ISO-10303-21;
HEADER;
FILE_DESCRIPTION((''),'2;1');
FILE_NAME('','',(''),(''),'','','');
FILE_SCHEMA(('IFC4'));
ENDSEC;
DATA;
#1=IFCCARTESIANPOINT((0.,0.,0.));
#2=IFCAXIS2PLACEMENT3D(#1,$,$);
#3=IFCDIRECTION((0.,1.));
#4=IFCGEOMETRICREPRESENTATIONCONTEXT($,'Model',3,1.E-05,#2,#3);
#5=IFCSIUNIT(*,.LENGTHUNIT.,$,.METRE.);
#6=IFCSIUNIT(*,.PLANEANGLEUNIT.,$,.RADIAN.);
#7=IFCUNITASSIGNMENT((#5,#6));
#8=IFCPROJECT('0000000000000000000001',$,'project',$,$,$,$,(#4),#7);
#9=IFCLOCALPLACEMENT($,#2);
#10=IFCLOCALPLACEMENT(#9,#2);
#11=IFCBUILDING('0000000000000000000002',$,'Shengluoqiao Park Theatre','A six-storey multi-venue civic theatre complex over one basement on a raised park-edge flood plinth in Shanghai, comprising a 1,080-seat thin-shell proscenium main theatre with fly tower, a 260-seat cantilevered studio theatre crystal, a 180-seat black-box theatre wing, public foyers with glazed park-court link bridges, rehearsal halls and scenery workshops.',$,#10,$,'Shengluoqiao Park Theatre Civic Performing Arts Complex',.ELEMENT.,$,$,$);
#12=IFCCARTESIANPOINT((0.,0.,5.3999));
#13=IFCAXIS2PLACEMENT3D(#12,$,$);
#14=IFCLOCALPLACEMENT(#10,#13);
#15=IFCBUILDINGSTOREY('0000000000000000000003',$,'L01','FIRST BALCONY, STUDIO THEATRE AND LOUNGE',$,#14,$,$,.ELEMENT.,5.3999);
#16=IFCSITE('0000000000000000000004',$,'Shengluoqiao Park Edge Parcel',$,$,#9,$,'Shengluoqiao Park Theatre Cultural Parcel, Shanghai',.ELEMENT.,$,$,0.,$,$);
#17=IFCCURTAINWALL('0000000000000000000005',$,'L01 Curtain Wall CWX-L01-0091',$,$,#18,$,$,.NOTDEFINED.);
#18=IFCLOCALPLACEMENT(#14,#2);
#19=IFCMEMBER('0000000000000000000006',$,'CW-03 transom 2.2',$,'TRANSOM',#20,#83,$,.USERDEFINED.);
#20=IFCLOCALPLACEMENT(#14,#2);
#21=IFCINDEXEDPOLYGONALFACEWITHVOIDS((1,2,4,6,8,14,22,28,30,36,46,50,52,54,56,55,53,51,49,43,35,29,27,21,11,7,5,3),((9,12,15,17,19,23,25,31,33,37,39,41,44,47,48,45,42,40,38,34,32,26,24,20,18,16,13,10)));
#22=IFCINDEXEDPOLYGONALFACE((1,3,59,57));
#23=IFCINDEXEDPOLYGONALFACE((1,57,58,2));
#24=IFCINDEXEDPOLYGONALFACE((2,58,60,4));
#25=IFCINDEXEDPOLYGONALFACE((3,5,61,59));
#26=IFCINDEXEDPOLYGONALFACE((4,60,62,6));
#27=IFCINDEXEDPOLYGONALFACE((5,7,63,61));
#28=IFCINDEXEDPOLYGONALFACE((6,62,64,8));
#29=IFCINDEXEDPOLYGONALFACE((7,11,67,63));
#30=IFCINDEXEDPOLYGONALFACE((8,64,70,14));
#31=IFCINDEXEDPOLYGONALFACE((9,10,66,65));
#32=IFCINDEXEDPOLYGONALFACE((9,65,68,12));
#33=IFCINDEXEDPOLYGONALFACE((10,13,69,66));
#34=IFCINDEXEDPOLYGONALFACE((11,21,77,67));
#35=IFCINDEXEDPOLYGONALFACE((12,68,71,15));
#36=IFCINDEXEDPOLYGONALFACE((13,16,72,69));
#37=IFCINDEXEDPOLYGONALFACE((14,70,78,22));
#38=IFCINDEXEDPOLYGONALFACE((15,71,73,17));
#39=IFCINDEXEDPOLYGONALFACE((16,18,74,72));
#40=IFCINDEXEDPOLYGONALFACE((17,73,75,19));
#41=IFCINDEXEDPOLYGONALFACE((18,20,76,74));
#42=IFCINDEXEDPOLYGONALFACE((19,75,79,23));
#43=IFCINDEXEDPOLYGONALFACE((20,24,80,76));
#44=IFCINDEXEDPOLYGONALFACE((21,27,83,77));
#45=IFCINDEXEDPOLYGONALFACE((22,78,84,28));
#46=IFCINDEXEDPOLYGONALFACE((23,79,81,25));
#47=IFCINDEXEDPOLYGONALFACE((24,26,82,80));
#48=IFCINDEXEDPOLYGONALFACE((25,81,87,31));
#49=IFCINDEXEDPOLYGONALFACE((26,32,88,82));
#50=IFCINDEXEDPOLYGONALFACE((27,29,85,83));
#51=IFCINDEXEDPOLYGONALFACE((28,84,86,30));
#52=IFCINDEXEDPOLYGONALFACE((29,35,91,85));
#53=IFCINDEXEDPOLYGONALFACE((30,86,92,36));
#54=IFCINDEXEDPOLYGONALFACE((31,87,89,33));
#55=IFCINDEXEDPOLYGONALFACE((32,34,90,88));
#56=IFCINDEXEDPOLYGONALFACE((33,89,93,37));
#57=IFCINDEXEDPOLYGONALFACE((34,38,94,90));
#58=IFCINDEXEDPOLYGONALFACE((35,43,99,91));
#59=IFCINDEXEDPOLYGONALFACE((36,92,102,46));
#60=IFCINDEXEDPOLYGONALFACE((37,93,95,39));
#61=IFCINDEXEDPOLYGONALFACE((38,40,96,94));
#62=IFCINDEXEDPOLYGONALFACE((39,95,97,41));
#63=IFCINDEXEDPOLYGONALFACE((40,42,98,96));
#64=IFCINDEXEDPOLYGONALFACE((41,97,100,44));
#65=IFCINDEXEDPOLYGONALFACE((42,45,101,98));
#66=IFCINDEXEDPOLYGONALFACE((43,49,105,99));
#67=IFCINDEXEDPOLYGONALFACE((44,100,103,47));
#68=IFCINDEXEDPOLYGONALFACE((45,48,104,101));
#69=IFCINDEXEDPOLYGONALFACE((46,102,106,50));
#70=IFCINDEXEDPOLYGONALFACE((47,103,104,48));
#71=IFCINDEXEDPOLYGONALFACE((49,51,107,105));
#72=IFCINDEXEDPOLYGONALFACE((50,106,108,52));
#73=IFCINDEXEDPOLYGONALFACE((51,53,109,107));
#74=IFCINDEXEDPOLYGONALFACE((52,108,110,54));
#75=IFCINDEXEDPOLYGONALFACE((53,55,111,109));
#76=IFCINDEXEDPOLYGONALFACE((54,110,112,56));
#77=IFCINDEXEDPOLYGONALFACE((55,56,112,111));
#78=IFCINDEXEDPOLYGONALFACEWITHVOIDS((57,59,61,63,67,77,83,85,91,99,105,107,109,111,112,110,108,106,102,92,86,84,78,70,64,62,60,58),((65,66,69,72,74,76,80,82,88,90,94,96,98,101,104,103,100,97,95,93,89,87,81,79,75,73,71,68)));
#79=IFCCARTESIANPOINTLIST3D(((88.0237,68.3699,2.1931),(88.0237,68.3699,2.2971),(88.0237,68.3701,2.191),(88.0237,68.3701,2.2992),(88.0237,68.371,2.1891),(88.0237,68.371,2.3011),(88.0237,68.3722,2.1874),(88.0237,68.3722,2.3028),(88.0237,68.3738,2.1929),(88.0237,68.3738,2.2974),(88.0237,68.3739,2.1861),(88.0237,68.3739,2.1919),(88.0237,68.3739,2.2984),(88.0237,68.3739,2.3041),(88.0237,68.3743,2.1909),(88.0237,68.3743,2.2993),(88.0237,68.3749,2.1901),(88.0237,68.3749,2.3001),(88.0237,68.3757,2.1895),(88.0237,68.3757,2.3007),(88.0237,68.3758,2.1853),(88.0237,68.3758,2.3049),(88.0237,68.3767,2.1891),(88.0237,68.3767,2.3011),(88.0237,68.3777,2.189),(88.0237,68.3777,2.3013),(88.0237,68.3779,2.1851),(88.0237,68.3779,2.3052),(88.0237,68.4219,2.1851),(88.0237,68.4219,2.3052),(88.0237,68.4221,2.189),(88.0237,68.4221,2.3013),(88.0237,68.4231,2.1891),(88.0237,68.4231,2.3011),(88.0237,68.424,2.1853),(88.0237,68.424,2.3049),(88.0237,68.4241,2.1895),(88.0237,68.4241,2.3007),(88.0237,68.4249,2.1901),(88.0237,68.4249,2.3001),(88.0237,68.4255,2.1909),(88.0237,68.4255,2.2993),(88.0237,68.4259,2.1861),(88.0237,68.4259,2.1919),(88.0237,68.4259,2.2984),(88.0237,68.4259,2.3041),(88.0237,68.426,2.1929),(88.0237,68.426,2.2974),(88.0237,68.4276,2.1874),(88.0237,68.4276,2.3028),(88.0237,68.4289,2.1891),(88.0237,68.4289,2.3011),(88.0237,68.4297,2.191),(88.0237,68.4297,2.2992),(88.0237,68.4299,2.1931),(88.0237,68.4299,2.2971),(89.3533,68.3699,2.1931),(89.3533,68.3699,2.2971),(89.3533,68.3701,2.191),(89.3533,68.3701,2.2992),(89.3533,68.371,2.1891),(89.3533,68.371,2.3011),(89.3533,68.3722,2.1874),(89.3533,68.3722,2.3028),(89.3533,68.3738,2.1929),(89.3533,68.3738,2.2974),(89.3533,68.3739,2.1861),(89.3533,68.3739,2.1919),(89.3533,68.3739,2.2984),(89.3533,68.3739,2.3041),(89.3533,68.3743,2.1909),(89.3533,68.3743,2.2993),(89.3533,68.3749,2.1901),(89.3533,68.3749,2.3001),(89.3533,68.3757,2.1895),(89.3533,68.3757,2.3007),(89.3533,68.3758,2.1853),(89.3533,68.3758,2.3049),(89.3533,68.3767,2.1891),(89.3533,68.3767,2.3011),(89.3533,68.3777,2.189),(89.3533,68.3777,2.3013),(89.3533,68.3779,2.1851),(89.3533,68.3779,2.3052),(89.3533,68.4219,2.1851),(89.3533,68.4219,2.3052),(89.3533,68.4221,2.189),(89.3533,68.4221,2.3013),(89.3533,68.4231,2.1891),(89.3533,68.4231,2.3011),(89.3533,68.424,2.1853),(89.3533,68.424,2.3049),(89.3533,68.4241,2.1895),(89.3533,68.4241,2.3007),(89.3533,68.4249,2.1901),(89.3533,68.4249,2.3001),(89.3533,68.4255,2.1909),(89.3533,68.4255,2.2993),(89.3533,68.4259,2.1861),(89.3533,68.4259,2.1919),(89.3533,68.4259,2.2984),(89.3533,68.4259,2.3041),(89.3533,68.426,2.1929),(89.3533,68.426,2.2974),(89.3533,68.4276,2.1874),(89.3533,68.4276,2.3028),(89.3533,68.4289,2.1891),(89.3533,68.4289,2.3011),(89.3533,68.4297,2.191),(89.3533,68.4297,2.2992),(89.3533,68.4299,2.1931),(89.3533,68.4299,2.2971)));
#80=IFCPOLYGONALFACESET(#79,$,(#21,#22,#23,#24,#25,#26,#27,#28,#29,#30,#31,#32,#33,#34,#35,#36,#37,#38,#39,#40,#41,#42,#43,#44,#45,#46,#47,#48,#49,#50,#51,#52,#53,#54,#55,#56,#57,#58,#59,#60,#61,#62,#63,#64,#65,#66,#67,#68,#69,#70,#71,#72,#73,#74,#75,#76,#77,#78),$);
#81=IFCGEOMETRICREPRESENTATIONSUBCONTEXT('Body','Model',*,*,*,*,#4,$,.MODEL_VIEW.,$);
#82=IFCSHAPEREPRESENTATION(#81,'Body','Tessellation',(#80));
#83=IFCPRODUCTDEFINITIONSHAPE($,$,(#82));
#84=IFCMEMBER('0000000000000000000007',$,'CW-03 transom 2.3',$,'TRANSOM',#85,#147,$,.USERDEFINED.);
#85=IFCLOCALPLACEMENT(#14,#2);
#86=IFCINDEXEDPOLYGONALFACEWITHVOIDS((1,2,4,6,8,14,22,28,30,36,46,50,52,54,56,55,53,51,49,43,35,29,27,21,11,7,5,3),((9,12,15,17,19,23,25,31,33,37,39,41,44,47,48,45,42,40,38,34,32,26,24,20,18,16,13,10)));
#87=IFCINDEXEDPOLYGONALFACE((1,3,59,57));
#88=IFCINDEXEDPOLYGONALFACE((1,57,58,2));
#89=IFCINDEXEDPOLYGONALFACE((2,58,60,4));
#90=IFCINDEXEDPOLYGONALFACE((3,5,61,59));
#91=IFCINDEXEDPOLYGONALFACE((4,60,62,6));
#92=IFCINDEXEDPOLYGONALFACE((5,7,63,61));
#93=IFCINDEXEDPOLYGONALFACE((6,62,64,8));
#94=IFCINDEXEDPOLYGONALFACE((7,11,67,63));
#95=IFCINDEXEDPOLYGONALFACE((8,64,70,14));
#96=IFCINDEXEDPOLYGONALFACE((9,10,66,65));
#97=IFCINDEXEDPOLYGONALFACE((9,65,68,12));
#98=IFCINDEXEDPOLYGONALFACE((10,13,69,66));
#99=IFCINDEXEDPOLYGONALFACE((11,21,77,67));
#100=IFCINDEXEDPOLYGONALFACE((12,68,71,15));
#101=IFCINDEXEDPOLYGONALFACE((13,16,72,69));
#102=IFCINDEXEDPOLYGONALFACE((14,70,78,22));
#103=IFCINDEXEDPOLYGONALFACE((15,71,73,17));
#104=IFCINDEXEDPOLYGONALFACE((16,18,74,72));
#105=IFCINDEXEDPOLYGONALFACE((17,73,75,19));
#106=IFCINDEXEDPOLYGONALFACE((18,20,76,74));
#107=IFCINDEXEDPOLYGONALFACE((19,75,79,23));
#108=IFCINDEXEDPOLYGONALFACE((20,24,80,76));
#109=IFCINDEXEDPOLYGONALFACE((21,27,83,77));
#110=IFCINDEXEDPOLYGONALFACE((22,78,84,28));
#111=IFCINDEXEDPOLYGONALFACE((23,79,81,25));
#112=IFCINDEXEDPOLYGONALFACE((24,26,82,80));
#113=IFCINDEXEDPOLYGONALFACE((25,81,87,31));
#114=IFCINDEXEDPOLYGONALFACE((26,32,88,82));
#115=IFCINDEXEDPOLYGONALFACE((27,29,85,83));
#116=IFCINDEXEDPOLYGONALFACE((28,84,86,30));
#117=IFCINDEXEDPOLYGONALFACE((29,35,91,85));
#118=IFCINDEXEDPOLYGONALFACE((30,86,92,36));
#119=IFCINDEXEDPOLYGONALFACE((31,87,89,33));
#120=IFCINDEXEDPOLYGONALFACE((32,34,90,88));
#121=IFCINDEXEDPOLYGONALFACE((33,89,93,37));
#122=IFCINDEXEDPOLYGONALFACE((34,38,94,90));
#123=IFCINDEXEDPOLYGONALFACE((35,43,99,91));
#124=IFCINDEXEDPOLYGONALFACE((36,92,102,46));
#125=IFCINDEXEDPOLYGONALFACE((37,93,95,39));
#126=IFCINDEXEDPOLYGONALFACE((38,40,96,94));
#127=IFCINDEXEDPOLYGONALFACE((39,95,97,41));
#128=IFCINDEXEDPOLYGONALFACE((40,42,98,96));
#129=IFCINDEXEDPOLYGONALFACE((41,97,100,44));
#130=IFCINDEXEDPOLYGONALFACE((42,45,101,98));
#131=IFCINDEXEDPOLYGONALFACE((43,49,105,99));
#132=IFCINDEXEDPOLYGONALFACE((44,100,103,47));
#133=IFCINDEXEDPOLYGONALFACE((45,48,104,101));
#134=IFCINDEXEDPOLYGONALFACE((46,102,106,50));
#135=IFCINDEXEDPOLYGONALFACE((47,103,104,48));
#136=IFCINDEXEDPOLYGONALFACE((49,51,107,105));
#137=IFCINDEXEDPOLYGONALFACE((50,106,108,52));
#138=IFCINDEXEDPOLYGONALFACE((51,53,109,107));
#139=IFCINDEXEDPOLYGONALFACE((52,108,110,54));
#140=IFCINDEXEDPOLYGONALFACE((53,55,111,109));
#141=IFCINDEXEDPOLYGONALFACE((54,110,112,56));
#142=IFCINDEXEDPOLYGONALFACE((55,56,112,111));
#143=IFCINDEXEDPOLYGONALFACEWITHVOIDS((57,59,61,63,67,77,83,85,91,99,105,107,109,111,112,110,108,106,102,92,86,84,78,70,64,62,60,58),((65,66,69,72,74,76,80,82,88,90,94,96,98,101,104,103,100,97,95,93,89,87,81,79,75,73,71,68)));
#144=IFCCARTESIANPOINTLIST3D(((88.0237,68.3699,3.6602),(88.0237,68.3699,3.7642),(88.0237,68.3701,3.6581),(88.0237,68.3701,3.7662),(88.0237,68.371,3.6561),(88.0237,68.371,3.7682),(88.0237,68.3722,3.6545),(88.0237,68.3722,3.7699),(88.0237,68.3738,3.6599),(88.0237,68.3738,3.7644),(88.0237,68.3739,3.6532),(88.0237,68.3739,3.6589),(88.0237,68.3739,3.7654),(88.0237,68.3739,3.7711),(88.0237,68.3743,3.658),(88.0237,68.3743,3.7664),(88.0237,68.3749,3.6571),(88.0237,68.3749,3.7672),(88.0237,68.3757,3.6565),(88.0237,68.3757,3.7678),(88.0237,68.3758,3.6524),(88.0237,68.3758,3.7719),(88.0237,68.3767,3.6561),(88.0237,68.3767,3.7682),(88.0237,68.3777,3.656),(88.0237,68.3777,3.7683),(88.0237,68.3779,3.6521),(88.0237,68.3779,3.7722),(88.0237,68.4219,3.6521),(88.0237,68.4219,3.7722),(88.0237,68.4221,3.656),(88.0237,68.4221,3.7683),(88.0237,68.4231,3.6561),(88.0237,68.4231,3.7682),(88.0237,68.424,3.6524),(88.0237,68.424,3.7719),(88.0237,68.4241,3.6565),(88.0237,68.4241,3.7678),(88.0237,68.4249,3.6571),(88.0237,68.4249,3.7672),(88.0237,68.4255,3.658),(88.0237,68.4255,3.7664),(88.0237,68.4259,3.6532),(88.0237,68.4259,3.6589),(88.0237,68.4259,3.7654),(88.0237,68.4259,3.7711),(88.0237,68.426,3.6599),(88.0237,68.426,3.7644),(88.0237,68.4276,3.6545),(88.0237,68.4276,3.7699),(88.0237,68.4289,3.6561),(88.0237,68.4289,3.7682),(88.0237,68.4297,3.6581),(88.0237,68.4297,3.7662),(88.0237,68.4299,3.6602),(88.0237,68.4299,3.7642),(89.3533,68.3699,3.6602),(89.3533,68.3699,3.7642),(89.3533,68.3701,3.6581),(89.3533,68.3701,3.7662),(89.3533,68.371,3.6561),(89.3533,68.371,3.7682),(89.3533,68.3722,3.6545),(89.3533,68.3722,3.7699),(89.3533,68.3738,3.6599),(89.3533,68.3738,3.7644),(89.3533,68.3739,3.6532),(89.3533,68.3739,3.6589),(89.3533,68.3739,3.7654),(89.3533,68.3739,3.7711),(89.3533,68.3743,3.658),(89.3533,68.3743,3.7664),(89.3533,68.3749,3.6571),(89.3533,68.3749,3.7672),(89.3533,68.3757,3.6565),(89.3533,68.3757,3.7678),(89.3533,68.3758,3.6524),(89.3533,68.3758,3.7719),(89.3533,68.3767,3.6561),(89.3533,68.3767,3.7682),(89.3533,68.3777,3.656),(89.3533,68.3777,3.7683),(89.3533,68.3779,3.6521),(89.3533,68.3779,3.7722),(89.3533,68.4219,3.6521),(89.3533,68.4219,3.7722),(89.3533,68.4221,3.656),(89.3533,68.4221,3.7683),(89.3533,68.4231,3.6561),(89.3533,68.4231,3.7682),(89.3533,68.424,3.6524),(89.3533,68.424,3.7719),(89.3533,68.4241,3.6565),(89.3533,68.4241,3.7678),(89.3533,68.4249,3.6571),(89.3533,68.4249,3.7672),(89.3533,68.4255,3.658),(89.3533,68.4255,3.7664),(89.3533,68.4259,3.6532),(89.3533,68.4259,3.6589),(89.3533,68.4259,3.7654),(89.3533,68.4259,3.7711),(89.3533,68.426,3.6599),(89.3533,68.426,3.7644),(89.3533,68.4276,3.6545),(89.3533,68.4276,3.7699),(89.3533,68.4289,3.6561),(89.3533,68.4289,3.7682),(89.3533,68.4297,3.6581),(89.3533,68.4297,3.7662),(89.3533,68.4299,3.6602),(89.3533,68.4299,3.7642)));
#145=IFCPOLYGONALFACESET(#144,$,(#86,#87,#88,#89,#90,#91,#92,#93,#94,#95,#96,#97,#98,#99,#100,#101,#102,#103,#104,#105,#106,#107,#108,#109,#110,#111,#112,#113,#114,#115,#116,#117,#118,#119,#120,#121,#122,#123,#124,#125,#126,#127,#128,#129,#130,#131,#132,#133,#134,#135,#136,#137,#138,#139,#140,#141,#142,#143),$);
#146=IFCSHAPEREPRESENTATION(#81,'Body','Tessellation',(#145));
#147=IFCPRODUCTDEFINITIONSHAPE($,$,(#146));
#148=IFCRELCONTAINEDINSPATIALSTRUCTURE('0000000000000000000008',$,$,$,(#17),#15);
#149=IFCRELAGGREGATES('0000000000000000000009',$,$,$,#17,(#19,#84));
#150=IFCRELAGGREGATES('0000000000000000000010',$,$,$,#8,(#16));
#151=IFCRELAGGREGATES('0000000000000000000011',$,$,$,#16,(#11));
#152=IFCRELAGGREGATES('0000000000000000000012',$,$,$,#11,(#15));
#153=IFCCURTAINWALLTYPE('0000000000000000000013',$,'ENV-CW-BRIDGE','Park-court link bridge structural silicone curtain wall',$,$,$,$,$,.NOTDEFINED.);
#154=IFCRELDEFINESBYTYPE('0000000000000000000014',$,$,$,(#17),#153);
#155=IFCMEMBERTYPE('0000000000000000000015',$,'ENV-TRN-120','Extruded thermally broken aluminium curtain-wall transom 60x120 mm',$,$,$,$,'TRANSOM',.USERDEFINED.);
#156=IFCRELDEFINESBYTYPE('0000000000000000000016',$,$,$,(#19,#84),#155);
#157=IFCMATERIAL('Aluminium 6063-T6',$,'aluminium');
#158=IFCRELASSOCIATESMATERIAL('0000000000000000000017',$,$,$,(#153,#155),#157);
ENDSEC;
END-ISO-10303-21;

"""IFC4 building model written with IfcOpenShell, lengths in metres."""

from ifc_helpers import new_model, si_unit, direction, frame, origin, origin_2d, place, context, subcontext, project, spatial, hollow_rectangle, extrude, material, material_profile, profile_set, type_object, element, aggregate, save


model = new_model("IFC4")

# Units and contexts
model_context = context("Model", 3, precision=1e-05, world=origin(), true_north=direction((0.0, 1.0)))
body_context = subcontext(model_context, "Body", "Model", "MODEL_VIEW")
ifc_project = project(units=[si_unit("LENGTHUNIT", "METRE"), si_unit("PLANEANGLEUNIT", "RADIAN")], contexts=[model_context])

# Site, building, storey
site_placement = place(None, origin())
site = spatial("IfcSite", under=ifc_project, at=site_placement, Name="Shengluoqiao Park Edge Parcel", LongName="Shengluoqiao Park Theatre Cultural Parcel, Shanghai", CompositionType="ELEMENT", RefElevation=0.0)
building_placement = place(site_placement, origin())
building = spatial("IfcBuilding", under=site, at=building_placement, Name="Shengluoqiao Park Theatre", Description="A six-storey multi-venue civic theatre complex over one basement on a raised park-edge flood plinth in Shanghai, comprising a 1,080-seat thin-shell proscenium main theatre with fly tower, a 260-seat cantilevered studio theatre crystal, a 180-seat black-box theatre wing, public foyers with glazed park-court link bridges, rehearsal halls and scenery workshops.", LongName="Shengluoqiao Park Theatre Civic Performing Arts Complex", CompositionType="ELEMENT")
storey_placement = place(building_placement, frame((0.0, 0.0, 5.3999)))
storey = spatial("IfcBuildingStorey", under=building, at=storey_placement, Name="L01", Description="FIRST BALCONY, STUDIO THEATRE AND LOUNGE", CompositionType="ELEMENT", Elevation=5.3999)

# Curtain wall, members
ifc_material_1 = material(Name="Aluminium 6063-T6", Category="aluminium")
curtain_wall_type = type_object("IfcCurtainWallType", Name="ENV-CW-BRIDGE", Description="Park-court link bridge structural silicone curtain wall", PredefinedType="NOTDEFINED", material=ifc_material_1)
curtain_wall_placement = place(storey_placement, origin())
curtain_wall = element("IfcCurtainWall", 1, at=curtain_wall_placement, inside=storey, type_object=curtain_wall_type, Name="L01 Curtain Wall CWX-L01-0091", PredefinedType="NOTDEFINED")
ifc_material_profile_1 = material_profile(ifc_material_1, hollow_rectangle(XDim=0.0601, YDim=0.1201, WallThickness=0.0039, InnerFilletRadius=0.0039, OuterFilletRadius=0.0081, at=origin_2d()), Name="ALU TRANSOM 120x60x4")
ifc_profile_set_1 = profile_set([ifc_material_profile_1], Name="Aluminium 6063-T6")
member_type_1 = type_object("IfcMemberType", Name="ENV-TRN-120", Description="Extruded thermally broken aluminium curtain-wall transom 60x120 mm", ElementType="TRANSOM", PredefinedType="USERDEFINED", material=ifc_profile_set_1)
member_1_placement = place(storey_placement, frame((88.0237, 68.3999, 2.2451), z_axis=(1.0, 0.0, 0.0), x_axis=(0.0, 1.0, 0.0)))
member_1 = element("IfcMember", 2, at=member_1_placement, type_object=member_type_1, Name="CW-03 transom 2.2", ObjectType="TRANSOM", PredefinedType="USERDEFINED", context=body_context, shape_type="SweptSolid", body=[
    extrude(hollow_rectangle(XDim=0.0601, YDim=0.1201, WallThickness=0.0039, InnerFilletRadius=0.0039, OuterFilletRadius=0.0081, at=origin_2d()), origin(), (0.0, 0.0, 1.0), 1.3296),
])
member_2_placement = place(storey_placement, frame((88.0237, 68.3999, 3.7122), z_axis=(1.0, 0.0, 0.0), x_axis=(0.0, 1.0, 0.0)))
member_2 = element("IfcMember", 3, at=member_2_placement, type_object=member_type_1, Name="CW-03 transom 2.3", ObjectType="TRANSOM", PredefinedType="USERDEFINED", context=body_context, shape_type="SweptSolid", body=[
    extrude(hollow_rectangle(XDim=0.0601, YDim=0.1201, WallThickness=0.0039, InnerFilletRadius=0.0039, OuterFilletRadius=0.0081, at=origin_2d()), origin(), (0.0, 0.0, 1.0), 1.3296),
])

aggregate(curtain_wall, [member_1, member_2])

save(model, "model.ifc")
